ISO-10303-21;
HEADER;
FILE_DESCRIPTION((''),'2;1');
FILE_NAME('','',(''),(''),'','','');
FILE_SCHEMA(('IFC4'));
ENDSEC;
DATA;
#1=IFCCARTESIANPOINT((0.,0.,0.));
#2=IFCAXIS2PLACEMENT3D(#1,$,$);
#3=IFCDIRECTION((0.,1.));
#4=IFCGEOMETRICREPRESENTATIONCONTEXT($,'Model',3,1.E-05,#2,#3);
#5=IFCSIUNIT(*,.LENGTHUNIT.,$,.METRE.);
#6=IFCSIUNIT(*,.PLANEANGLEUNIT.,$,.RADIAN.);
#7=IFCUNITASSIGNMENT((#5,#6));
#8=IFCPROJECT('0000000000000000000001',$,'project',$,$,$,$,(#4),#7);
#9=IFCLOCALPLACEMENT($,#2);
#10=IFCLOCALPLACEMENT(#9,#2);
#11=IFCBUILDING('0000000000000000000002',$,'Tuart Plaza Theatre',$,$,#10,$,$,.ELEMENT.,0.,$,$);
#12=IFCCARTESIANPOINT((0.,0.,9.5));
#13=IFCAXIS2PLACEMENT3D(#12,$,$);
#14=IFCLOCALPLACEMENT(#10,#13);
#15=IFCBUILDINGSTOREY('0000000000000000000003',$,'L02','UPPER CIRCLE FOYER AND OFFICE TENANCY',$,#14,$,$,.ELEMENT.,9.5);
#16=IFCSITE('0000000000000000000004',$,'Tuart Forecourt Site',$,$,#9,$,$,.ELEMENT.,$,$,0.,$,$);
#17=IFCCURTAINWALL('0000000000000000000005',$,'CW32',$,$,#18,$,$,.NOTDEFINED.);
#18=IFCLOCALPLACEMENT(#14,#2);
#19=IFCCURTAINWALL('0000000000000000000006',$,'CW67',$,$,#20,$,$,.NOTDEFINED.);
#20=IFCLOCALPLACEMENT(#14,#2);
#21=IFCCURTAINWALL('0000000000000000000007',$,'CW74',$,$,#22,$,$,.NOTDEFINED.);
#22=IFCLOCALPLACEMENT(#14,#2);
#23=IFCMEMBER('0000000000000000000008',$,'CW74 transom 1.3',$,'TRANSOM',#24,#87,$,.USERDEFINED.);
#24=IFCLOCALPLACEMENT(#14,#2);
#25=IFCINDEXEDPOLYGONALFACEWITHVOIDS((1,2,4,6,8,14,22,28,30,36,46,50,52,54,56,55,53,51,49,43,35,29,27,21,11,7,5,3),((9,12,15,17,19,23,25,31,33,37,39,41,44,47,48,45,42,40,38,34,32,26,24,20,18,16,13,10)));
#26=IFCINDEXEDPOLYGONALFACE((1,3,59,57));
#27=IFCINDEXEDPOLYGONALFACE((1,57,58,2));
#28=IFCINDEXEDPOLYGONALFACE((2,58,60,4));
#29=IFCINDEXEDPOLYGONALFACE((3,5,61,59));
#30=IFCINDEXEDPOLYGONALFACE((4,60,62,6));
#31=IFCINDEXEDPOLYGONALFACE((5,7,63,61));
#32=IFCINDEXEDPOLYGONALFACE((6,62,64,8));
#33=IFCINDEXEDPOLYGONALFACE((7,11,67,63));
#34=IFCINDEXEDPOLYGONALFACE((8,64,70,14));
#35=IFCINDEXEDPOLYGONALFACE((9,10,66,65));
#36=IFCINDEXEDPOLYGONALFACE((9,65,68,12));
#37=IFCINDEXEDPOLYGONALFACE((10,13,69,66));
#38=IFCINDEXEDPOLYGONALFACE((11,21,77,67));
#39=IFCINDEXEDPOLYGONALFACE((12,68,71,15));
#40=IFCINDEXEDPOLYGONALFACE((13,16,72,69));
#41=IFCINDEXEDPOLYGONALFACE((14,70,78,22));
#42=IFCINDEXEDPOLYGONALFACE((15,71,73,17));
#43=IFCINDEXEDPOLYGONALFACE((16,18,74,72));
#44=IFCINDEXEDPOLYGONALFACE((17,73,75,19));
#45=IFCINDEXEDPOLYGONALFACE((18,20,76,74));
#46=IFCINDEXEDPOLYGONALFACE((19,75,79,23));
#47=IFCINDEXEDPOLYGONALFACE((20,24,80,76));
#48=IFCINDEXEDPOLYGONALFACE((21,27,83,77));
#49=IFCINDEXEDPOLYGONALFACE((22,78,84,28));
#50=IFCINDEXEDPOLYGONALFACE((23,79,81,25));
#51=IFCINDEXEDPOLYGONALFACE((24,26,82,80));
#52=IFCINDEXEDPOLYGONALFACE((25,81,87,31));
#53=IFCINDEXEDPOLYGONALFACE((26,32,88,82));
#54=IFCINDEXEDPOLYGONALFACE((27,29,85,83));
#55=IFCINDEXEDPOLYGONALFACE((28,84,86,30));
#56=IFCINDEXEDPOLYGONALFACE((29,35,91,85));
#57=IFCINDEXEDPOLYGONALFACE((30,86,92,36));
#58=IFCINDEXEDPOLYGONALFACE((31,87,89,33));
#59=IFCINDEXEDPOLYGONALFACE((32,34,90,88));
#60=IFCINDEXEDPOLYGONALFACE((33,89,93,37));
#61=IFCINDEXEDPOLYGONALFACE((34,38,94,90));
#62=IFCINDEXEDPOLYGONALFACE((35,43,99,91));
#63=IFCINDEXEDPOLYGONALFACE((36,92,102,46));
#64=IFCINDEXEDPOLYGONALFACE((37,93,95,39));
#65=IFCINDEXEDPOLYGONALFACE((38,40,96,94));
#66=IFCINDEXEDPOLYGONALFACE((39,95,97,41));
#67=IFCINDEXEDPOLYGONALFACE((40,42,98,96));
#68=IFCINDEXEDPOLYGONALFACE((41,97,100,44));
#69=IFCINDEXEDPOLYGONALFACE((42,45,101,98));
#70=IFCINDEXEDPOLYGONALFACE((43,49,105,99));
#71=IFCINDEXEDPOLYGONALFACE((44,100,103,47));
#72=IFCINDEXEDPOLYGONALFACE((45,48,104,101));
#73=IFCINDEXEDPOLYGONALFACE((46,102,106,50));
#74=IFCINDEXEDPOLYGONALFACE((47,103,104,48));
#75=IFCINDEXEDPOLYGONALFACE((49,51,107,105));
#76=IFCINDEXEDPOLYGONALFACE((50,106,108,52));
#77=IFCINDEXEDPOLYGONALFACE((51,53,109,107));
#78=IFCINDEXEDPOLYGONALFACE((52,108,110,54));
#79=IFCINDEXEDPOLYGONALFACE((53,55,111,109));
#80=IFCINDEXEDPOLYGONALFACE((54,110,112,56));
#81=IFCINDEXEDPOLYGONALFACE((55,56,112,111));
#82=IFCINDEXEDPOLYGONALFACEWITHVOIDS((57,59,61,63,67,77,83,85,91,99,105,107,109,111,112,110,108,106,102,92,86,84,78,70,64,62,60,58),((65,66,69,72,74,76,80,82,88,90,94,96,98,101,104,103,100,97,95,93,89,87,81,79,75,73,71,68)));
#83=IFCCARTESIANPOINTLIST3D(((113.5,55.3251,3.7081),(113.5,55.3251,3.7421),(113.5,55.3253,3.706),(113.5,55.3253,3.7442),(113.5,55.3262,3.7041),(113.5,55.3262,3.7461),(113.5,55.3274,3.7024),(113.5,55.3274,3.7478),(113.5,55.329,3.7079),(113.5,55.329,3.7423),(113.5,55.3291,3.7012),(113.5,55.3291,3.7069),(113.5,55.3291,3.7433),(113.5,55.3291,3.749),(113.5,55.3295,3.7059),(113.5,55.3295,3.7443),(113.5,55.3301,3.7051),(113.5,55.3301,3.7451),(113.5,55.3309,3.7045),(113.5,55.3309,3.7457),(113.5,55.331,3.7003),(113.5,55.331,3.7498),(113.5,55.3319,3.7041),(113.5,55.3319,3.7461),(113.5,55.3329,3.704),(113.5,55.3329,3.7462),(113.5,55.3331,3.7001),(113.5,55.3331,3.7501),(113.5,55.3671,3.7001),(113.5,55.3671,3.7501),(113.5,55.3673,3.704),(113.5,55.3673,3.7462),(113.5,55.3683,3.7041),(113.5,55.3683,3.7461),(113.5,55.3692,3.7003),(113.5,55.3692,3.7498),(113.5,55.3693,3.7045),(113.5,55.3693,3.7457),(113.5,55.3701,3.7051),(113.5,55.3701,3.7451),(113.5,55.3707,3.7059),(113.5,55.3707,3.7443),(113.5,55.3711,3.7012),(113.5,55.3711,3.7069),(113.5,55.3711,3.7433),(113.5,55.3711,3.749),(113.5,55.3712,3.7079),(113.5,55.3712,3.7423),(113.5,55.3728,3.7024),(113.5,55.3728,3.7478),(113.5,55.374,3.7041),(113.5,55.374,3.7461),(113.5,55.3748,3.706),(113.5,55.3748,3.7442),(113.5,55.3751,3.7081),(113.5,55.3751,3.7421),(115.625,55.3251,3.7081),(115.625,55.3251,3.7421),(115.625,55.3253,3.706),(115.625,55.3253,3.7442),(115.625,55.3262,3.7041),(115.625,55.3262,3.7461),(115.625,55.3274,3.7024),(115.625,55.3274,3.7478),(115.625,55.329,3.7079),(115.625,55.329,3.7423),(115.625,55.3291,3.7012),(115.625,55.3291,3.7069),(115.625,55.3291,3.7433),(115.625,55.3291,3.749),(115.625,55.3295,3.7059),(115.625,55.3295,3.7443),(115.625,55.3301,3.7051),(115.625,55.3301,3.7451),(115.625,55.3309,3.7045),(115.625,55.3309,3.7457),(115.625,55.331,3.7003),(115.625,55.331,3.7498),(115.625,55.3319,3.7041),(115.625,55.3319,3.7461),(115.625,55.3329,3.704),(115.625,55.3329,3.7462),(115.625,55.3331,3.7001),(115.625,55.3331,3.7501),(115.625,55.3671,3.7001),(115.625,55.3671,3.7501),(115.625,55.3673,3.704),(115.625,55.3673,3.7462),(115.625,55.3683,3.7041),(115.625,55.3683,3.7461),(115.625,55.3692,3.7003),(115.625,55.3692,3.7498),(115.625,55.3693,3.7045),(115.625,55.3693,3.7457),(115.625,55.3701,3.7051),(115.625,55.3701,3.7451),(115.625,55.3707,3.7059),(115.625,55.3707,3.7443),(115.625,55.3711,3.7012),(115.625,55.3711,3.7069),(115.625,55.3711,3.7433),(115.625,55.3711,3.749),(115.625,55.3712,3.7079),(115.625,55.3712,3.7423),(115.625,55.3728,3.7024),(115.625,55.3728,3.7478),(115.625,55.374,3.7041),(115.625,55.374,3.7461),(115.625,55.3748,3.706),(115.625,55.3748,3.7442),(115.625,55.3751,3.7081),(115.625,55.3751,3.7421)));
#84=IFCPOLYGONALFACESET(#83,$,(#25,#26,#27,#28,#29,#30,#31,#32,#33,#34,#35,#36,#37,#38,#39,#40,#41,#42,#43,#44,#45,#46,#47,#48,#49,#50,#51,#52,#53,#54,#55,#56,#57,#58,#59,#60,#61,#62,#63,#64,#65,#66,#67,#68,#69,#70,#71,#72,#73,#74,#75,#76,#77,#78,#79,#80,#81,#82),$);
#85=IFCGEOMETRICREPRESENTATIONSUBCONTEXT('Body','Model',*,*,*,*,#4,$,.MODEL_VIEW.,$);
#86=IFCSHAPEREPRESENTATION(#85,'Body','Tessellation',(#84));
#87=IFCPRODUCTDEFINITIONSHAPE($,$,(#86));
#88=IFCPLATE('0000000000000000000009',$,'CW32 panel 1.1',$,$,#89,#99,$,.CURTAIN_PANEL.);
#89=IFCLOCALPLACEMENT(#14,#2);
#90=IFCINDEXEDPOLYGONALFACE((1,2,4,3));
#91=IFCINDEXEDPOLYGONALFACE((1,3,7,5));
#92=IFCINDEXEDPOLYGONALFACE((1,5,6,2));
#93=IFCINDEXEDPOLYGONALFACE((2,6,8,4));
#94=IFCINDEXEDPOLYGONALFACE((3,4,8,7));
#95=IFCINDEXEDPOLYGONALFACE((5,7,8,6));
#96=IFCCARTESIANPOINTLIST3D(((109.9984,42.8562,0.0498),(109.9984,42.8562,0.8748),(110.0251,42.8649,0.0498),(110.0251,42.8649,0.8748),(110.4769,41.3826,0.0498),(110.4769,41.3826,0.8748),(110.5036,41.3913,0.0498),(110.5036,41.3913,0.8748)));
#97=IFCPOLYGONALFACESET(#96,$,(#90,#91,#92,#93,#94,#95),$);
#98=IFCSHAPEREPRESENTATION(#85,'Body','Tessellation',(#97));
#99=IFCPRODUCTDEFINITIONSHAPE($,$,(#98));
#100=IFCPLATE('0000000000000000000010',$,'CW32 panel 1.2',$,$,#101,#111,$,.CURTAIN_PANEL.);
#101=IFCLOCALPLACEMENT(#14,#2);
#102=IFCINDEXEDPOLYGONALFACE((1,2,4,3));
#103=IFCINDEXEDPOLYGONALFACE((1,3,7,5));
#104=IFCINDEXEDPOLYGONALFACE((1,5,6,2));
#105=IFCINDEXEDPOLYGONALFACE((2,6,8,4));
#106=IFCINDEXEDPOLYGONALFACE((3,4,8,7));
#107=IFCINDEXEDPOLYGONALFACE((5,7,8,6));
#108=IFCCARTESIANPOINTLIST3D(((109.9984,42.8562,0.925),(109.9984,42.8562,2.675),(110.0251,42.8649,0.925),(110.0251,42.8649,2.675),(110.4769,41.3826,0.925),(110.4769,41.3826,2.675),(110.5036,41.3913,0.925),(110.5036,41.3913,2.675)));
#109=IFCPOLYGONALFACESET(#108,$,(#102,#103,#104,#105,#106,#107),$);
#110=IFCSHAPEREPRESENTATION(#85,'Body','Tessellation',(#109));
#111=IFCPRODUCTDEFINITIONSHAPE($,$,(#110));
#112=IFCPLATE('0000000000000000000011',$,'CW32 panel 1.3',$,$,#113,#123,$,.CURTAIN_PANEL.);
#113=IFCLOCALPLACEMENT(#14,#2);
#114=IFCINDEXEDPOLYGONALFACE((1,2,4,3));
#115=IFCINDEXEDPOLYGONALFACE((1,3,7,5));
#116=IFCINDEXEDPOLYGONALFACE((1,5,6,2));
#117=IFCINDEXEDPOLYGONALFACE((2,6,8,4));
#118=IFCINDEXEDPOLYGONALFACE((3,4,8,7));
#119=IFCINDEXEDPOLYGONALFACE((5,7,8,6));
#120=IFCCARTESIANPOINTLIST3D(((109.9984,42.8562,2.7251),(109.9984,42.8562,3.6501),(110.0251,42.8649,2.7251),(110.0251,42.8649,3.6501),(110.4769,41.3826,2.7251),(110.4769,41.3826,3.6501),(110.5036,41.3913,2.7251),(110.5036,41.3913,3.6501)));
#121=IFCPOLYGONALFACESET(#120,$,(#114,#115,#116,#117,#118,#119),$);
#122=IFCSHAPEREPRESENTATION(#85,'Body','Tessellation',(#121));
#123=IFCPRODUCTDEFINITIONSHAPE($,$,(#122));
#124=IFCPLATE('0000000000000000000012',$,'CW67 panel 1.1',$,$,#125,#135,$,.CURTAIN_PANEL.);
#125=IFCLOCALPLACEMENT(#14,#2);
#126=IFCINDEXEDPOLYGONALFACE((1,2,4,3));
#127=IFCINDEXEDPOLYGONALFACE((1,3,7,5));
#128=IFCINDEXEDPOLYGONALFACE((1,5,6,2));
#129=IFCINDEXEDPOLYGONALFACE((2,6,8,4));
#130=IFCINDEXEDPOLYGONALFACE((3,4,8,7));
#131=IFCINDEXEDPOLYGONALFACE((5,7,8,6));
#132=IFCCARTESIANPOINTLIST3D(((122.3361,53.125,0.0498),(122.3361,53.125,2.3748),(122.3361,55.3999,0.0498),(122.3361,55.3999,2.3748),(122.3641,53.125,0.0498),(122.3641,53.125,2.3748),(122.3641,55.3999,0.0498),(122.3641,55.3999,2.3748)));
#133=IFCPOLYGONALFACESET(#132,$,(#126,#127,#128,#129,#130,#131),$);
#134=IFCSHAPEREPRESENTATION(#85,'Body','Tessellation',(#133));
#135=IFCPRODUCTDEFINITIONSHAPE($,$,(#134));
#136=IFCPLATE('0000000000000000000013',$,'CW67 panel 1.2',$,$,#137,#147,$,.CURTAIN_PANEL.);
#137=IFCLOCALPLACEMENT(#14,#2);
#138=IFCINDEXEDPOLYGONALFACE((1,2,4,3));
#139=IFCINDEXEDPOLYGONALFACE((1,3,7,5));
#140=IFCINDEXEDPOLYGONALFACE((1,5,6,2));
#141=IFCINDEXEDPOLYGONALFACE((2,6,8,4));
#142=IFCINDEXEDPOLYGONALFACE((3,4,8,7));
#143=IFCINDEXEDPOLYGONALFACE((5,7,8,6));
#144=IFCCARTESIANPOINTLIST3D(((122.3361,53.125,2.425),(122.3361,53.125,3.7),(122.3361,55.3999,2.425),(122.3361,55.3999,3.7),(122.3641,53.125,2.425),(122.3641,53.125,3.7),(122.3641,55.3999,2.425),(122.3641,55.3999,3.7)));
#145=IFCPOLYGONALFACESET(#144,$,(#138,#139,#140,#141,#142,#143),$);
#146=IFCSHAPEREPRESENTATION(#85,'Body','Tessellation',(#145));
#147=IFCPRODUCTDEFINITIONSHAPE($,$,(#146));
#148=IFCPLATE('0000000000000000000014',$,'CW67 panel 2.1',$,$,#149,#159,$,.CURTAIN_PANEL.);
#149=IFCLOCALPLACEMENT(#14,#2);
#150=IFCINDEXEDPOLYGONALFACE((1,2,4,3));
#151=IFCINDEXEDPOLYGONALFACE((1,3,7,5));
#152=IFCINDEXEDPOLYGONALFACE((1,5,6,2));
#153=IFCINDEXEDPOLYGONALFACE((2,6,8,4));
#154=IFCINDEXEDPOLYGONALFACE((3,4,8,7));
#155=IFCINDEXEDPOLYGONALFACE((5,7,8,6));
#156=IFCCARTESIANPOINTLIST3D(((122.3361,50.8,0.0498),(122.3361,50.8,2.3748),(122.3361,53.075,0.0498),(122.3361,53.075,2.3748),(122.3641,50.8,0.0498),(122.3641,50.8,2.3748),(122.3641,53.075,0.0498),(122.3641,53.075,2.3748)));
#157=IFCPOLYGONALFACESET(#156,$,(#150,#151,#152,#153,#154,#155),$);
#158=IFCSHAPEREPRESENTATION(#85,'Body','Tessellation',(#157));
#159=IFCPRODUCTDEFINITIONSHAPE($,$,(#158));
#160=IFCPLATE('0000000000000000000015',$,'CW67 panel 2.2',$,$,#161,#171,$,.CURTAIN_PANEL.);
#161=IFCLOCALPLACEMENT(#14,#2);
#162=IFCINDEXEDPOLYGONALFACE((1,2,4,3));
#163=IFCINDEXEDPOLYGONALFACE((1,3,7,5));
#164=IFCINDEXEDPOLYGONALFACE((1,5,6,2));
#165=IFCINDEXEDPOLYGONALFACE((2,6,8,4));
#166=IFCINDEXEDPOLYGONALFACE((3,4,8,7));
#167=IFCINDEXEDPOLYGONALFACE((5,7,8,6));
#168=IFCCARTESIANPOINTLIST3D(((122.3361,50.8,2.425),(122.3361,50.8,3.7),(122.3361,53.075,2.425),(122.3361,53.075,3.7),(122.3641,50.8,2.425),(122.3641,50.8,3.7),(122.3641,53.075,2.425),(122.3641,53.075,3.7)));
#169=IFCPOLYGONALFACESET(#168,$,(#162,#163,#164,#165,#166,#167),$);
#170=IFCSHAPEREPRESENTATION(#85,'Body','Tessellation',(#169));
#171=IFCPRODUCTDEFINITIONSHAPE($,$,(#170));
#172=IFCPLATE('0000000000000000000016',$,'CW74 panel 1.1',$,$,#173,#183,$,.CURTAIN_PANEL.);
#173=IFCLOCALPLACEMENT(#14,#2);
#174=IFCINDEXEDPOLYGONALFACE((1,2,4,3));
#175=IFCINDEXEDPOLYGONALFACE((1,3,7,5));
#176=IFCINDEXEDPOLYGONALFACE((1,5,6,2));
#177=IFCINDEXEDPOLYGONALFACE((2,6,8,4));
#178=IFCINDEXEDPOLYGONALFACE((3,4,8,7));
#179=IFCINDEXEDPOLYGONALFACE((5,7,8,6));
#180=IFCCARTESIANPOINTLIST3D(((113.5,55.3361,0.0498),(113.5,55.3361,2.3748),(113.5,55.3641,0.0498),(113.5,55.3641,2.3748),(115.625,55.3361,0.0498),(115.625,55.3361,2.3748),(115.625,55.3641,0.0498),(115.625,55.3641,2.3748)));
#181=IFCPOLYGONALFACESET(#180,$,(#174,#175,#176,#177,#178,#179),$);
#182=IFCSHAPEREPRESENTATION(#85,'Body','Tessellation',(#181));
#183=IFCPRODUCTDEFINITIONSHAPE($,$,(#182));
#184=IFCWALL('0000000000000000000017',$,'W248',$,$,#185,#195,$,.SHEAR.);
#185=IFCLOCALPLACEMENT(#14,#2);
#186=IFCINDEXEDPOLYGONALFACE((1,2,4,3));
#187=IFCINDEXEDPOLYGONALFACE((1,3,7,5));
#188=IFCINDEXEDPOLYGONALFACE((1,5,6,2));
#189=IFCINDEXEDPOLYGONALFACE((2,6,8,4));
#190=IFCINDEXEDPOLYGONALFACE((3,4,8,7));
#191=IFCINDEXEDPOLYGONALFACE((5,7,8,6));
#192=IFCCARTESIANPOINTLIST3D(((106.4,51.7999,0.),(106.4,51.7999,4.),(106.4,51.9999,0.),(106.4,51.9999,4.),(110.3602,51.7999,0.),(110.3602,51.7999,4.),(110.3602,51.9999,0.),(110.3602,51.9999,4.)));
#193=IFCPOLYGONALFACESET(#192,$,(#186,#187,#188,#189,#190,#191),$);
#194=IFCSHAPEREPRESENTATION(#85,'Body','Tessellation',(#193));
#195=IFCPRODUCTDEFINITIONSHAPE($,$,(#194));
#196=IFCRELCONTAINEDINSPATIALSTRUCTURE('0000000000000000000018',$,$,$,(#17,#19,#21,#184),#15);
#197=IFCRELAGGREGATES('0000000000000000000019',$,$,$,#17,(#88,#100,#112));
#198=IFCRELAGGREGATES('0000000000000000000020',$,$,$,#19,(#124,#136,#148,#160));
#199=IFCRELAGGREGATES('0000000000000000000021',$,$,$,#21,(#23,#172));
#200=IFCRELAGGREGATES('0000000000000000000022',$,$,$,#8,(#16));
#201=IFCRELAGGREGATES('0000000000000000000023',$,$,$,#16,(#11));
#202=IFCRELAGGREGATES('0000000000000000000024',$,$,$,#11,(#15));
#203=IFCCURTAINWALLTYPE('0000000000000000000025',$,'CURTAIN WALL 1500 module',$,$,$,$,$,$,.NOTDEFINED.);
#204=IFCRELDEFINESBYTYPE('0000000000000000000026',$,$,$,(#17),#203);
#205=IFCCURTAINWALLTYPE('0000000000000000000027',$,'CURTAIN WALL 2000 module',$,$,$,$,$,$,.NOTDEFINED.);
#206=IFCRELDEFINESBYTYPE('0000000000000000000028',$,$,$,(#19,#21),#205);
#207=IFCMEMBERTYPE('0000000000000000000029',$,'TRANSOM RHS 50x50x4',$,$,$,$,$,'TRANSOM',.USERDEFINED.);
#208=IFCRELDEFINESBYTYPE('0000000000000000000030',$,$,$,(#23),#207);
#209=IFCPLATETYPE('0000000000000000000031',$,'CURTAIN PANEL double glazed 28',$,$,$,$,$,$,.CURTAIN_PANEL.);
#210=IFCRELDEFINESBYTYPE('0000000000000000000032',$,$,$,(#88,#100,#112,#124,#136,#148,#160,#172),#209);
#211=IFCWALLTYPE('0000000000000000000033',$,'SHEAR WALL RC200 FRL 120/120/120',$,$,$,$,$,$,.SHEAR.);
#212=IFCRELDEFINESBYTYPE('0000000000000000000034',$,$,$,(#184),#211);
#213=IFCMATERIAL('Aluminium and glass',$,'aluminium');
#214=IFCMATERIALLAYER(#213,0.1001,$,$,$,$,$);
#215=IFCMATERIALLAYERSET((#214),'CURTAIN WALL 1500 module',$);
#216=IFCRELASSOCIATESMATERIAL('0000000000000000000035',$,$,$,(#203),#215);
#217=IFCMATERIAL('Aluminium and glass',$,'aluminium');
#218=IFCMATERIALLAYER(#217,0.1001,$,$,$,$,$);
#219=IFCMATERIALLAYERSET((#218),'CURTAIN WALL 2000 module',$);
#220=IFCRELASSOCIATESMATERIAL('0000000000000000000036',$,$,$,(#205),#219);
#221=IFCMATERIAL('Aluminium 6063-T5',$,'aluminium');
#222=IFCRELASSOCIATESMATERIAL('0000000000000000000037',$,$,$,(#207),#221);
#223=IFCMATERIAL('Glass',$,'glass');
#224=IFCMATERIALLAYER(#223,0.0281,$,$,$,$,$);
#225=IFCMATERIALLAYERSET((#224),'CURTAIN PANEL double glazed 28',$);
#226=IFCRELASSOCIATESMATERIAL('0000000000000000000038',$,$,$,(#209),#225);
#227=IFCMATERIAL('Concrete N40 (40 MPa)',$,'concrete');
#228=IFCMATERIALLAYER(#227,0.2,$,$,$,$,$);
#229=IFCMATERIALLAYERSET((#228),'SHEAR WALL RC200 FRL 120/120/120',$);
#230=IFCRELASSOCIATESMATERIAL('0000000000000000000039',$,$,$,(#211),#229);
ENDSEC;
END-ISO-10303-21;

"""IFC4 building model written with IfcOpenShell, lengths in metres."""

from ifc_helpers import new_model, si_unit, direction, frame, frame_2d, origin, origin_2d, place, context, subcontext, project, spatial, rectangle, hollow_rectangle, extrude, material, layer, layer_set, material_profile, profile_set, type_object, element, aggregate, save


model = new_model("IFC4")

# Units and contexts
model_context = context("Model", 3, precision=1e-05, world=origin(), true_north=direction((0.0, 1.0)))
body_context = subcontext(model_context, "Body", "Model", "MODEL_VIEW")
ifc_project = project(units=[si_unit("LENGTHUNIT", "METRE"), si_unit("PLANEANGLEUNIT", "RADIAN")], contexts=[model_context])

# Site, building, storey
site_placement = place(None, origin())
site = spatial("IfcSite", under=ifc_project, at=site_placement, Name="Tuart Forecourt Site", CompositionType="ELEMENT", RefElevation=0.0)
building_placement = place(site_placement, origin())
building = spatial("IfcBuilding", under=site, at=building_placement, Name="Tuart Plaza Theatre", CompositionType="ELEMENT", ElevationOfRefHeight=0.0)
storey_placement = place(building_placement, frame((0.0, 0.0, 9.5)))
storey = spatial("IfcBuildingStorey", under=building, at=storey_placement, Name="L02", Description="UPPER CIRCLE FOYER AND OFFICE TENANCY", CompositionType="ELEMENT", Elevation=9.5)

# Curtain wall
ifc_material_1 = material(Name="Aluminium and glass", Category="aluminium")
ifc_layer_1 = layer(ifc_material_1, 0.1001)
ifc_layer_set_1 = layer_set([ifc_layer_1], Name="CURTAIN WALL 1500 module")
curtain_wall_type_1 = type_object("IfcCurtainWallType", Name="CURTAIN WALL 1500 module", PredefinedType="NOTDEFINED", material=ifc_layer_set_1)
curtain_wall_1_placement = place(storey_placement, origin())
curtain_wall_1 = element("IfcCurtainWall", 1, at=curtain_wall_1_placement, inside=storey, type_object=curtain_wall_type_1, Name="CW32", PredefinedType="NOTDEFINED")

# Curtain wall
ifc_material_2 = material(Name="Aluminium and glass", Category="aluminium")
ifc_layer_2 = layer(ifc_material_2, 0.1001)
ifc_layer_set_2 = layer_set([ifc_layer_2], Name="CURTAIN WALL 2000 module")
curtain_wall_type_2 = type_object("IfcCurtainWallType", Name="CURTAIN WALL 2000 module", PredefinedType="NOTDEFINED", material=ifc_layer_set_2)
curtain_wall_2_placement = place(storey_placement, origin())
curtain_wall_2 = element("IfcCurtainWall", 2, at=curtain_wall_2_placement, inside=storey, type_object=curtain_wall_type_2, Name="CW67", PredefinedType="NOTDEFINED")

# Curtain wall
curtain_wall_3_placement = place(storey_placement, origin())
curtain_wall_3 = element("IfcCurtainWall", 3, at=curtain_wall_3_placement, inside=storey, type_object=curtain_wall_type_2, Name="CW74", PredefinedType="NOTDEFINED")

# Member
ifc_material_3 = material(Name="Aluminium 6063-T5", Category="aluminium")
ifc_material_profile_1 = material_profile(ifc_material_3, hollow_rectangle(XDim=0.05, YDim=0.05, WallThickness=0.0039, InnerFilletRadius=0.0039, OuterFilletRadius=0.0081, at=origin_2d()), Name="RHS 50x50x4")
ifc_profile_set_1 = profile_set([ifc_material_profile_1], Name="Aluminium 6063-T5")
member_type_1 = type_object("IfcMemberType", Name="TRANSOM RHS 50x50x4", ElementType="TRANSOM", PredefinedType="USERDEFINED", material=ifc_profile_set_1)
member_1_placement = place(storey_placement, frame((113.5, 55.3501, 3.7251), z_axis=(1.0, 0.0, 0.0), x_axis=(0.0, 1.0, 0.0)))
member_1 = element("IfcMember", 4, at=member_1_placement, type_object=member_type_1, Name="CW74 transom 1.3", ObjectType="TRANSOM", PredefinedType="USERDEFINED", context=body_context, shape_type="SweptSolid", body=[
    extrude(hollow_rectangle(XDim=0.05, YDim=0.05, WallThickness=0.0039, InnerFilletRadius=0.0039, OuterFilletRadius=0.0081, at=origin_2d()), origin(), (0.0, 0.0, 1.0), 2.125),
])

# Plates
ifc_material_4 = material(Name="Glass", Category="glass")
ifc_layer_3 = layer(ifc_material_4, 0.0281)
ifc_layer_set_3 = layer_set([ifc_layer_3], Name="CURTAIN PANEL double glazed 28")
plate_type = type_object("IfcPlateType", Name="CURTAIN PANEL double glazed 28", PredefinedType="CURTAIN_PANEL", material=ifc_layer_set_3)
plate_1_placement = place(storey_placement, frame((110.251, 42.1238, 0.0498), z_axis=(0.0, 0.0, 1.0), x_axis=(0.308815, -0.951122, 0.0)))
plate_1 = element("IfcPlate", 5, at=plate_1_placement, type_object=plate_type, Name="CW32 panel 1.1", PredefinedType="CURTAIN_PANEL", context=body_context, shape_type="SweptSolid", body=[
    extrude(rectangle(XDim=1.5493, YDim=0.0281, at=origin_2d()), origin(), (0.0, 0.0, 1.0), 0.825),
])
plate_2_placement = place(storey_placement, frame((110.251, 42.1238, 0.925), z_axis=(0.0, 0.0, 1.0), x_axis=(0.308815, -0.951122, 0.0)))
plate_2 = element("IfcPlate", 6, at=plate_2_placement, type_object=plate_type, Name="CW32 panel 1.2", PredefinedType="CURTAIN_PANEL", context=body_context, shape_type="SweptSolid", body=[
    extrude(rectangle(XDim=1.5493, YDim=0.0281, at=origin_2d()), origin(), (0.0, 0.0, 1.0), 1.75),
])
plate_3_placement = place(storey_placement, frame((110.251, 42.1238, 2.7251), z_axis=(0.0, 0.0, 1.0), x_axis=(0.308815, -0.951122, 0.0)))
plate_3 = element("IfcPlate", 7, at=plate_3_placement, type_object=plate_type, Name="CW32 panel 1.3", PredefinedType="CURTAIN_PANEL", context=body_context, shape_type="SweptSolid", body=[
    extrude(rectangle(XDim=1.5493, YDim=0.0281, at=origin_2d()), origin(), (0.0, 0.0, 1.0), 0.925),
])
aggregate(curtain_wall_1, [plate_1, plate_2, plate_3])
plate_4_placement = place(storey_placement, frame((122.3501, 54.2625, 0.0498), z_axis=(0.0, 0.0, 1.0), x_axis=(0.0, -1.0, 0.0)))
plate_4 = element("IfcPlate", 8, at=plate_4_placement, type_object=plate_type, Name="CW67 panel 1.1", PredefinedType="CURTAIN_PANEL", context=body_context, shape_type="SweptSolid", body=[
    extrude(rectangle(XDim=2.2749, YDim=0.0281, at=origin_2d()), origin(), (0.0, 0.0, 1.0), 2.325),
])
plate_5_placement = place(storey_placement, frame((122.3501, 54.2625, 2.425), z_axis=(0.0, 0.0, 1.0), x_axis=(0.0, -1.0, 0.0)))
plate_5 = element("IfcPlate", 9, at=plate_5_placement, type_object=plate_type, Name="CW67 panel 1.2", PredefinedType="CURTAIN_PANEL", context=body_context, shape_type="SweptSolid", body=[
    extrude(rectangle(XDim=2.2749, YDim=0.0281, at=origin_2d()), origin(), (0.0, 0.0, 1.0), 1.2749),
])
plate_6_placement = place(storey_placement, frame((122.3501, 51.9375, 0.0498), z_axis=(0.0, 0.0, 1.0), x_axis=(0.0, -1.0, 0.0)))
plate_6 = element("IfcPlate", 10, at=plate_6_placement, type_object=plate_type, Name="CW67 panel 2.1", PredefinedType="CURTAIN_PANEL", context=body_context, shape_type="SweptSolid", body=[
    extrude(rectangle(XDim=2.2749, YDim=0.0281, at=origin_2d()), origin(), (0.0, 0.0, 1.0), 2.325),
])
plate_7_placement = place(storey_placement, frame((122.3501, 51.9375, 2.425), z_axis=(0.0, 0.0, 1.0), x_axis=(0.0, -1.0, 0.0)))
plate_7 = element("IfcPlate", 11, at=plate_7_placement, type_object=plate_type, Name="CW67 panel 2.2", PredefinedType="CURTAIN_PANEL", context=body_context, shape_type="SweptSolid", body=[
    extrude(rectangle(XDim=2.2749, YDim=0.0281, at=origin_2d()), origin(), (0.0, 0.0, 1.0), 1.2749),
])
aggregate(curtain_wall_2, [plate_4, plate_5, plate_6, plate_7])
plate_8_placement = place(storey_placement, frame((114.5625, 55.3501, 0.0498), z_axis=(0.0, 0.0, 1.0), x_axis=(1.0, 0.0, 0.0)))
plate_8 = element("IfcPlate", 12, at=plate_8_placement, type_object=plate_type, Name="CW74 panel 1.1", PredefinedType="CURTAIN_PANEL", context=body_context, shape_type="SweptSolid", body=[
    extrude(rectangle(XDim=2.125, YDim=0.0281, at=origin_2d()), origin(), (0.0, 0.0, 1.0), 2.325),
])
aggregate(curtain_wall_3, [member_1, plate_8])

# Wall
ifc_material_5 = material(Name="Concrete N40 (40 MPa)", Category="concrete")
ifc_layer_4 = layer(ifc_material_5, 0.2)
ifc_layer_set_4 = layer_set([ifc_layer_4], Name="SHEAR WALL RC200 FRL 120/120/120")
wall_type_1 = type_object("IfcWallType", Name="SHEAR WALL RC200 FRL 120/120/120", PredefinedType="SHEAR", material=ifc_layer_set_4)
wall_1_placement = place(storey_placement, frame((110.3601, 51.8999, 0.0), z_axis=(0.0, 0.0, 1.0), x_axis=(-1.0, 0.0, 0.0)))
element("IfcWall", 13, at=wall_1_placement, inside=storey, type_object=wall_type_1, Name="W248", PredefinedType="SHEAR", context=body_context, shape_type="SweptSolid", body=[
    extrude(rectangle(XDim=3.9602, YDim=0.2, at=frame_2d((1.98, 0.0))), origin(), (0.0, 0.0, 1.0), 4.0),
])

save(model, "model.ifc")
